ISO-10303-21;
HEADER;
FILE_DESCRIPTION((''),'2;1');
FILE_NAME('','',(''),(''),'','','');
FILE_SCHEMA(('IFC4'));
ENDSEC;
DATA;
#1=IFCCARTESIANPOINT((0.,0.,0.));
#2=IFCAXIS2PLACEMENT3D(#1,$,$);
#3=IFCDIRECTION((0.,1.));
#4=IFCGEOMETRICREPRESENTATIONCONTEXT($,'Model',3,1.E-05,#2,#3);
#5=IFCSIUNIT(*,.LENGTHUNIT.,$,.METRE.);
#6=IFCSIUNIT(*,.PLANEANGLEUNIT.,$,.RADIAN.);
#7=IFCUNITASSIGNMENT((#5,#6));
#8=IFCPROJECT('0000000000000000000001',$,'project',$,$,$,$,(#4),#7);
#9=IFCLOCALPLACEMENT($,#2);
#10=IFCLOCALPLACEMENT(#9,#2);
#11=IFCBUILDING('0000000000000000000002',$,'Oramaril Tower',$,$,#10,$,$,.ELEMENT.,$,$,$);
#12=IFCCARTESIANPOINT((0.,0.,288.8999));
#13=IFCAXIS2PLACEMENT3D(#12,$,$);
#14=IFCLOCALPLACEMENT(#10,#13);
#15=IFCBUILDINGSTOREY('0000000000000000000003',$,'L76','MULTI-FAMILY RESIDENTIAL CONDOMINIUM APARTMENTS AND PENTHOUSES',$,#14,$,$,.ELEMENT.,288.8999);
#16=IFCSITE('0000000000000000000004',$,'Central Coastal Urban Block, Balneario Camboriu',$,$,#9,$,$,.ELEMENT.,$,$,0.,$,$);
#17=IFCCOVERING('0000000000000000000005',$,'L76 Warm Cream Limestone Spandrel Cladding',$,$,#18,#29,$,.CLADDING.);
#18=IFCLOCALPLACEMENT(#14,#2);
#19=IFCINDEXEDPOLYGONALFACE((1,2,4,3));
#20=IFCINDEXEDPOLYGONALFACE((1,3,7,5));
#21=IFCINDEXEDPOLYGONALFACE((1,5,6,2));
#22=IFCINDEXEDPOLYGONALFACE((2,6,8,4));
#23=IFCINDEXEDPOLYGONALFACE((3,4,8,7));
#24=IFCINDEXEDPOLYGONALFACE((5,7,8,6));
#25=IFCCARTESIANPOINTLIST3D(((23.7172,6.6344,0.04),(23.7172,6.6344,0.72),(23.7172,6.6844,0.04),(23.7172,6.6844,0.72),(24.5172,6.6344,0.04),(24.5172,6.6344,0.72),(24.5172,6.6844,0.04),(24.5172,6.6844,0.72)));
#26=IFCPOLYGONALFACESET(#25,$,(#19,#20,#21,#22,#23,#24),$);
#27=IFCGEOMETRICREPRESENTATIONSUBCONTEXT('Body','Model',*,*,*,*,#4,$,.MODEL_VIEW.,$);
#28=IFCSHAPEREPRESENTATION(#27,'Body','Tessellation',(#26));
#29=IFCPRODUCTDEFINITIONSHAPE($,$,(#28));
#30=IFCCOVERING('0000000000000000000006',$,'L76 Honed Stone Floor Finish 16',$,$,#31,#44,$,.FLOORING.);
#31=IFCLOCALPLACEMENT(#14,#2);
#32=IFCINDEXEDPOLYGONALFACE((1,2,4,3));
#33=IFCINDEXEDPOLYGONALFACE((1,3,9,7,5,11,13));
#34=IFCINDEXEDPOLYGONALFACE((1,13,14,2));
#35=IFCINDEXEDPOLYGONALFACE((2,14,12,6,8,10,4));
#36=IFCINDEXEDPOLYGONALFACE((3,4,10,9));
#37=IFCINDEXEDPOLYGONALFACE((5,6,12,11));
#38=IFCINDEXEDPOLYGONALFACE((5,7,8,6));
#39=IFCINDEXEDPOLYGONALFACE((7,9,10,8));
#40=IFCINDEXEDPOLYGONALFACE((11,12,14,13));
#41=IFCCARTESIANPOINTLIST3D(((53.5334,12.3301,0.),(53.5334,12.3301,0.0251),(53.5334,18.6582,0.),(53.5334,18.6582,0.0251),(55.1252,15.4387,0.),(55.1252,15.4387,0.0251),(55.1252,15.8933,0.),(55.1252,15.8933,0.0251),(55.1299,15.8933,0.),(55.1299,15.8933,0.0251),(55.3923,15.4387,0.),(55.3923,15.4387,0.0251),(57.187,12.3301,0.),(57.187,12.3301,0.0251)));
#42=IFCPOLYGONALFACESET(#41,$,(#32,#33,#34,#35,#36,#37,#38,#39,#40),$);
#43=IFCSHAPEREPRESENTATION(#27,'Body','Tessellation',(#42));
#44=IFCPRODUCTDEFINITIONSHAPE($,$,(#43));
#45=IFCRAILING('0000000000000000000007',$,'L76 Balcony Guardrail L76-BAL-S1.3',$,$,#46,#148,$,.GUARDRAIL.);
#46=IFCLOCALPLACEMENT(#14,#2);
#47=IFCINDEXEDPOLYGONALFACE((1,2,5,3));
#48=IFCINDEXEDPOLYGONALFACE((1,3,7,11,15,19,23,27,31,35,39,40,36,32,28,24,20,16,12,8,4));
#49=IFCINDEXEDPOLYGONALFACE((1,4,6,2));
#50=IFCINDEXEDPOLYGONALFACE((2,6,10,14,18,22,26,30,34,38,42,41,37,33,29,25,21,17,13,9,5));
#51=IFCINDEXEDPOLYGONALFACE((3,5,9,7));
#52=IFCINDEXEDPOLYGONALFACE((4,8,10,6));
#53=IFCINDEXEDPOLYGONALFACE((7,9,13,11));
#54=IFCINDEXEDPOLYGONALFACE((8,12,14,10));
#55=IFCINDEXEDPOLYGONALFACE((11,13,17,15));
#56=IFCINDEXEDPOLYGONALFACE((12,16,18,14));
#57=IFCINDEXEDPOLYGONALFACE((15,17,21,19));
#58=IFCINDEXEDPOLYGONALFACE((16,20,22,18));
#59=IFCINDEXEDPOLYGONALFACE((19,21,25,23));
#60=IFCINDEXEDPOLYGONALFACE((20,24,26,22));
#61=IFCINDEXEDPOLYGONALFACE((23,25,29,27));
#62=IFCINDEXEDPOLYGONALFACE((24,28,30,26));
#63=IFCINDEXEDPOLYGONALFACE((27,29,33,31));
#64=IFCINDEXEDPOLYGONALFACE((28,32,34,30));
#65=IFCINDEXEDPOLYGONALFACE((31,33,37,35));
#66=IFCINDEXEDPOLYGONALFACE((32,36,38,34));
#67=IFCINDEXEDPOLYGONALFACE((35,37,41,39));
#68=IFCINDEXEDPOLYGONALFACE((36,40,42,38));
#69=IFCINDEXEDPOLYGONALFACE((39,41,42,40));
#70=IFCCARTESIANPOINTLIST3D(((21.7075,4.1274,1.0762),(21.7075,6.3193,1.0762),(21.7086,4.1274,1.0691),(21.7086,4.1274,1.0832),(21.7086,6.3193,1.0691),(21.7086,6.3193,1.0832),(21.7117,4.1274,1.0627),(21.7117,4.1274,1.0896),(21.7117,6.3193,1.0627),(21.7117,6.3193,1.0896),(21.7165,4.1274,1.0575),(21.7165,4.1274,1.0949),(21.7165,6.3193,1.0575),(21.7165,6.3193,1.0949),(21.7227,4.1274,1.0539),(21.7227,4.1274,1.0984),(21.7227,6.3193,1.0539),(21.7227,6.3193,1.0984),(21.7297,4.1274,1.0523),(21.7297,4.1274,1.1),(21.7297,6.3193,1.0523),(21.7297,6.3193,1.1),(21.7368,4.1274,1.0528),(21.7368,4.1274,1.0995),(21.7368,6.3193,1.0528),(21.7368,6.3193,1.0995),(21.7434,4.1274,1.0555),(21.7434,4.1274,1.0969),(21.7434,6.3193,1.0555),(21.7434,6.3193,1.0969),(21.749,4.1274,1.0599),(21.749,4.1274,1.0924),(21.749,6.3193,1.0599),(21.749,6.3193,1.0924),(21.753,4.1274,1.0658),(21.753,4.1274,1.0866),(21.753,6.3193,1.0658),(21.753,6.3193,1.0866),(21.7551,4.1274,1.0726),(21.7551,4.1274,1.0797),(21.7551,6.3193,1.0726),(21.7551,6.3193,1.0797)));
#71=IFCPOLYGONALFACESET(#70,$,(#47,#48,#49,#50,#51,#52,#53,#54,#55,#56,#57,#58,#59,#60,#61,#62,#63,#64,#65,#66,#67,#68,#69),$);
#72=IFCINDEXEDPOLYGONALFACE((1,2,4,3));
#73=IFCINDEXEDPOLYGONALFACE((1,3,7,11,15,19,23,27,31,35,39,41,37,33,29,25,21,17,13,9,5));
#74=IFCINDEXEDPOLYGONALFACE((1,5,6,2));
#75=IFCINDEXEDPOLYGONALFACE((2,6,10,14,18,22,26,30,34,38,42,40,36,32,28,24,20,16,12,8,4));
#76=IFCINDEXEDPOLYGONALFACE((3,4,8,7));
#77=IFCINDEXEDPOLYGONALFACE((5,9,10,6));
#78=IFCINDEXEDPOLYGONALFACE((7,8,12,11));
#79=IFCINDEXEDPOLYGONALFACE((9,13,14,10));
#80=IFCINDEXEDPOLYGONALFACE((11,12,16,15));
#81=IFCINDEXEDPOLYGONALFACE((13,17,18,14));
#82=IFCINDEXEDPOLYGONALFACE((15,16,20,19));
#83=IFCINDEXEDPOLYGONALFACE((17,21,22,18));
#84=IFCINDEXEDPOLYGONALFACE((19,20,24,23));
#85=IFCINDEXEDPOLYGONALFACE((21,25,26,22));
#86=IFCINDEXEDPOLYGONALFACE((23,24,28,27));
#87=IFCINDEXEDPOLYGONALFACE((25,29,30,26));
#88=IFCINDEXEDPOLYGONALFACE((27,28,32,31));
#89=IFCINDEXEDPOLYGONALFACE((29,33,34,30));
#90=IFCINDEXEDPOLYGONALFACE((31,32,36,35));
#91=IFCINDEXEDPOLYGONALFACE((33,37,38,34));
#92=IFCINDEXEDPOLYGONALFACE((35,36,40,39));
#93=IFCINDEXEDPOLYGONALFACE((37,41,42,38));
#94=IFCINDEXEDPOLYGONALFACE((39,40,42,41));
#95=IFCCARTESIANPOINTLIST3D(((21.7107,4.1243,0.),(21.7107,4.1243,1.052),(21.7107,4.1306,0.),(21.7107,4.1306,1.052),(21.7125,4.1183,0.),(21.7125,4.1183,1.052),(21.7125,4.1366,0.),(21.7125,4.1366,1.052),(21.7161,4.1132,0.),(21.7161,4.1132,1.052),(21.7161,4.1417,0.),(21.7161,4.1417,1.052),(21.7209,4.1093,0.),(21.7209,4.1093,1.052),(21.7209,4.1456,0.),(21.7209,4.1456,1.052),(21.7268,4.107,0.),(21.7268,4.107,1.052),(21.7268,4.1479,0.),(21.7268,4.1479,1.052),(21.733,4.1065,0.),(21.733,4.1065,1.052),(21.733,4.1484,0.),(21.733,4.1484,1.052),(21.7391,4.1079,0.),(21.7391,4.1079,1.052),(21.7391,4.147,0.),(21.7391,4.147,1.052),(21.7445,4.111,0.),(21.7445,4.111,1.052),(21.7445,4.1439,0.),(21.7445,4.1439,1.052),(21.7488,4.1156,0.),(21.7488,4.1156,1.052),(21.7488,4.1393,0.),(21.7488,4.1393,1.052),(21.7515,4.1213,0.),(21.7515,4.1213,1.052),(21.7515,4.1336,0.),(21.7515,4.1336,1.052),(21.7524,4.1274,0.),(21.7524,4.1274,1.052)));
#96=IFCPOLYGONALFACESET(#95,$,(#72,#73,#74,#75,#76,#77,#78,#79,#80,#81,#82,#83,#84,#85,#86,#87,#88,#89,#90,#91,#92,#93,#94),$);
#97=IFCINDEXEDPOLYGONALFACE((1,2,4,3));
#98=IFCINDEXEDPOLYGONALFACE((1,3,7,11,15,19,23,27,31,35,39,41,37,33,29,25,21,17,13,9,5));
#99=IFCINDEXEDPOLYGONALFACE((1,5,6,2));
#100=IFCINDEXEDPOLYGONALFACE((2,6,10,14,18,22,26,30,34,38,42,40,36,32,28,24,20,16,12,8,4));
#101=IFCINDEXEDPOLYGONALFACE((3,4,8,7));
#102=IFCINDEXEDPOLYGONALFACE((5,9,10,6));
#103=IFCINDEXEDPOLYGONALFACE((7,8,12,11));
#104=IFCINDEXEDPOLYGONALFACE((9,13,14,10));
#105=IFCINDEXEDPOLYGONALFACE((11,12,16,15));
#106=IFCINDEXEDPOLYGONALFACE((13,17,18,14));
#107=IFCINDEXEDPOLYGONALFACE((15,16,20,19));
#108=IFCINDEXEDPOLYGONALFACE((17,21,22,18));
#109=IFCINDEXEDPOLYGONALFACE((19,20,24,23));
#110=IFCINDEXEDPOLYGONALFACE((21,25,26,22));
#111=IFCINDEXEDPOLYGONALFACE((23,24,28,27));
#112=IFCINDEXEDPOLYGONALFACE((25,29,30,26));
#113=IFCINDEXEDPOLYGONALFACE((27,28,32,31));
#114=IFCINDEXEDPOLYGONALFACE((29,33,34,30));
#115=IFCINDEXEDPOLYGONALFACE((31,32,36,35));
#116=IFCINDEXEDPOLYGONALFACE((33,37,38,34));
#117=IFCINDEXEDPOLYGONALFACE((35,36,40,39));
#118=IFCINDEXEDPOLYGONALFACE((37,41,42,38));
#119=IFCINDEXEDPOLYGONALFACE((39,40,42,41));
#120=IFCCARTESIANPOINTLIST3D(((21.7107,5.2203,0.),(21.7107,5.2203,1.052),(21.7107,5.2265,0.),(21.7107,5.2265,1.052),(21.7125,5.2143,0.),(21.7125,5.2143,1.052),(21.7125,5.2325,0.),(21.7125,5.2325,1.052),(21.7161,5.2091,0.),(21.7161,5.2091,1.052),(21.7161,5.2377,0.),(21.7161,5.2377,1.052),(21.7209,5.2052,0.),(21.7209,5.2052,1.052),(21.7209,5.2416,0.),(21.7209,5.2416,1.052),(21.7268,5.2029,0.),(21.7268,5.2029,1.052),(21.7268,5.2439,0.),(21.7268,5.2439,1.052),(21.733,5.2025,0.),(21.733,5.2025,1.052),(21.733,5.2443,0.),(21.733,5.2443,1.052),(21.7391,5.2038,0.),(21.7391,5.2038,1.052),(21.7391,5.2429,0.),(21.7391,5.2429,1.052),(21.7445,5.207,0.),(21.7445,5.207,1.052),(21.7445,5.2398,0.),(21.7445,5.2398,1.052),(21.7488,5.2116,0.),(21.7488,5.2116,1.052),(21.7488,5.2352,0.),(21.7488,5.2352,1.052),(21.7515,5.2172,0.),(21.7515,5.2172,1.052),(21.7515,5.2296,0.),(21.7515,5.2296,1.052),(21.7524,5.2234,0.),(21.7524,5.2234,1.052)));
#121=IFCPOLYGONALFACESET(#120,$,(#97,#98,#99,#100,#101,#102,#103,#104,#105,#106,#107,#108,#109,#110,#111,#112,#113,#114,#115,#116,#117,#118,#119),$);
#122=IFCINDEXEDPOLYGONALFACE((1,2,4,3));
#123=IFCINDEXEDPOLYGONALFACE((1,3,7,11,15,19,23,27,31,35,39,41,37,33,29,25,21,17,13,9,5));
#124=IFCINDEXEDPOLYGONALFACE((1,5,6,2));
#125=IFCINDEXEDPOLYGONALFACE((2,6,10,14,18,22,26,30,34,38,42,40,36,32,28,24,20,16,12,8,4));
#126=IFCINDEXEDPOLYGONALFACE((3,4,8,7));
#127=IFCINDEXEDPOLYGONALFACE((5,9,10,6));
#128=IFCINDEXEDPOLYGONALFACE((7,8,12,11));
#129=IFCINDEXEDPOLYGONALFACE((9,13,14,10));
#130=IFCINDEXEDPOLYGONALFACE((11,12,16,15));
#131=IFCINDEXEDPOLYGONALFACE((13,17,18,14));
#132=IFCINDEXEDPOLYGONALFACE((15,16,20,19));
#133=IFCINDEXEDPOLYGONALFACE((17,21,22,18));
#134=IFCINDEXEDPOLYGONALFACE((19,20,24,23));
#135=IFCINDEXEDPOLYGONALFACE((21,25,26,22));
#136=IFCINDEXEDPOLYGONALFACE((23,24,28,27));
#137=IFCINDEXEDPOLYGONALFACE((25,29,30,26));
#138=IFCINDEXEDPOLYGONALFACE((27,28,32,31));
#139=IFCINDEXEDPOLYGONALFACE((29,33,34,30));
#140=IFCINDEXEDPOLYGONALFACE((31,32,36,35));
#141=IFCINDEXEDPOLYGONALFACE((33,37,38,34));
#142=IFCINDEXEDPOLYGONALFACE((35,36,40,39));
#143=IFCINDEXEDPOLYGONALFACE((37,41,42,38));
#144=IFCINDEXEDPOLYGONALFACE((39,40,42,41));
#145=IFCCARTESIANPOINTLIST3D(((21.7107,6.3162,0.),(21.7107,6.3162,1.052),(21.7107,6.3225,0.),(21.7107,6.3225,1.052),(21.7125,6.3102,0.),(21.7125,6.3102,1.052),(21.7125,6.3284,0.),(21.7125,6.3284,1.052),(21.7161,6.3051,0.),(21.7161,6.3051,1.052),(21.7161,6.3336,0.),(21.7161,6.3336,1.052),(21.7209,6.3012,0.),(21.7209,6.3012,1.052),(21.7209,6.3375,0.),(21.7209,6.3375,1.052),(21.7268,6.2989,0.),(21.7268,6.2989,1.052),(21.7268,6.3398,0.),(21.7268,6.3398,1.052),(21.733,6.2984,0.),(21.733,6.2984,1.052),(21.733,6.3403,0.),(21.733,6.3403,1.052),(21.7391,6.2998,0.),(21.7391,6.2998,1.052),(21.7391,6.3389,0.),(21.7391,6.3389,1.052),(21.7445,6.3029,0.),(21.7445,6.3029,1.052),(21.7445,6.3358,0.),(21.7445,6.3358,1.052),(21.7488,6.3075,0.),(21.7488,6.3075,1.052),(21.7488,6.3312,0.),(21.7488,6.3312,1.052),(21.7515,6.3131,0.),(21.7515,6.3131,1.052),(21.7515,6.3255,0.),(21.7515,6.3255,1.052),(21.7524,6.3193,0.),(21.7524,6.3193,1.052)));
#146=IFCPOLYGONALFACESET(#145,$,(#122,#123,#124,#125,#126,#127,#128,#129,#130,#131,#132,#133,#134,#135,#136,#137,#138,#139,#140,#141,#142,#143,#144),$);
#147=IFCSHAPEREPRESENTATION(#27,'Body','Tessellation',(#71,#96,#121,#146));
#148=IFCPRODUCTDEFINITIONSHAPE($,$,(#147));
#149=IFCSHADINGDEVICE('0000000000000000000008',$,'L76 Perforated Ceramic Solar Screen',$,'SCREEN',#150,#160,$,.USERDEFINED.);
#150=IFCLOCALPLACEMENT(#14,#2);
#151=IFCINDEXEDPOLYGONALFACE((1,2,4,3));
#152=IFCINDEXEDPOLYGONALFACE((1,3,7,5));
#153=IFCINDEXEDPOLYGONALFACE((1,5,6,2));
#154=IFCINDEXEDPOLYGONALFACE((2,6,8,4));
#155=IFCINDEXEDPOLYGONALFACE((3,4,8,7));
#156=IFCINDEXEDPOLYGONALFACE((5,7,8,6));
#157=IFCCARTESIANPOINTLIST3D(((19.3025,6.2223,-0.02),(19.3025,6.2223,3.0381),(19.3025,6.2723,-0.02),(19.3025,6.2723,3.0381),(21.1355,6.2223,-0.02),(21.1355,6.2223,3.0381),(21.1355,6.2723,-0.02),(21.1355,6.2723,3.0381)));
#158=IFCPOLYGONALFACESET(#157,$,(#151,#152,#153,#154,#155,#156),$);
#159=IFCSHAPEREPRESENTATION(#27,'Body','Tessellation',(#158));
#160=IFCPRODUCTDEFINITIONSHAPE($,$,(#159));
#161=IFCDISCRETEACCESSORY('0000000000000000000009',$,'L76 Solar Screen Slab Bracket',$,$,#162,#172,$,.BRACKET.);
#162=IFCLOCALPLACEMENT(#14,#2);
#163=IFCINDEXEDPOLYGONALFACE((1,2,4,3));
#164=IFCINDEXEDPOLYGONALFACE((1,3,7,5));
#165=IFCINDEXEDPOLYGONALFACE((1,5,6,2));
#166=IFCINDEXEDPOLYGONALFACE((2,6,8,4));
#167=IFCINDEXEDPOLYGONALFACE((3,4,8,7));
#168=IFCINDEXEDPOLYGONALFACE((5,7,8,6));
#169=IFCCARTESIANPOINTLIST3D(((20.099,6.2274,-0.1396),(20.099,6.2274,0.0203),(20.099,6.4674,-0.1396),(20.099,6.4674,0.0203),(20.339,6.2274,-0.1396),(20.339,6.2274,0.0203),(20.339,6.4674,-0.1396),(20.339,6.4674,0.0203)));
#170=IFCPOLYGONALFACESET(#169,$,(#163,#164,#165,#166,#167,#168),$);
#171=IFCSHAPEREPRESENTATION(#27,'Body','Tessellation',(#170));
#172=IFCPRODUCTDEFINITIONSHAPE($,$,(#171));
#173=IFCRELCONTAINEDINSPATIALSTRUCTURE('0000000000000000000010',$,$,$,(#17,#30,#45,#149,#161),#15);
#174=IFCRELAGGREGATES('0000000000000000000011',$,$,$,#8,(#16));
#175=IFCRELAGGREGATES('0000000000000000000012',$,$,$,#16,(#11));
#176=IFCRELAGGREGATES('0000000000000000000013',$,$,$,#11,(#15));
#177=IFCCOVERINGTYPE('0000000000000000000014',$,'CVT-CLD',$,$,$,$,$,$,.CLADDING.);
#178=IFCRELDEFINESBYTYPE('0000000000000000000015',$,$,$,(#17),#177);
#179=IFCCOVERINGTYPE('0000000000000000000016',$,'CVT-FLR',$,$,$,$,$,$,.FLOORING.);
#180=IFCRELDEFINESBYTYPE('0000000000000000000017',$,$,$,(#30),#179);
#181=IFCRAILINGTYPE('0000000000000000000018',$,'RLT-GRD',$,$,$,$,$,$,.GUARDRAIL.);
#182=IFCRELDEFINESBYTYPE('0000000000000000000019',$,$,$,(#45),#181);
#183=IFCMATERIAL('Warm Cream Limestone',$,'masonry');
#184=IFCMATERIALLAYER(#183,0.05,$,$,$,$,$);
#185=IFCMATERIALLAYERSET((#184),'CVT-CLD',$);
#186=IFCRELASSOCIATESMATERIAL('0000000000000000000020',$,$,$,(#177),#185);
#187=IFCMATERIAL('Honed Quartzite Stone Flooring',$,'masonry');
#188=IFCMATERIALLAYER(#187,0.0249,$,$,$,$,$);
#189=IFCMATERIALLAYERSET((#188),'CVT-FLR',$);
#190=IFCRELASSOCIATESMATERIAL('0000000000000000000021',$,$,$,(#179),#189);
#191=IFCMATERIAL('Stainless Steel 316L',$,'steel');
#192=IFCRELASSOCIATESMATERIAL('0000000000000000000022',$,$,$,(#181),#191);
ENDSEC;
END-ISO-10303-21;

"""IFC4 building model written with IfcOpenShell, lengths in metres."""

from ifc_helpers import new_model, si_unit, direction, frame, origin, origin_2d, place, context, subcontext, project, spatial, polyline, rectangle, circle, outline, extrude, material, layer, layer_set, type_object, element, save


model = new_model("IFC4")

# Units and contexts
model_context = context("Model", 3, precision=1e-05, world=origin(), true_north=direction((0.0, 1.0)))
body_context = subcontext(model_context, "Body", "Model", "MODEL_VIEW")
ifc_project = project(units=[si_unit("LENGTHUNIT", "METRE"), si_unit("PLANEANGLEUNIT", "RADIAN")], contexts=[model_context])

# Site, building, storey
site_placement = place(None, origin())
site = spatial("IfcSite", under=ifc_project, at=site_placement, Name="Central Coastal Urban Block, Balneario Camboriu", CompositionType="ELEMENT", RefElevation=0.0)
building_placement = place(site_placement, origin())
building = spatial("IfcBuilding", under=site, at=building_placement, Name="Oramaril Tower", CompositionType="ELEMENT")
storey_placement = place(building_placement, frame((0.0, 0.0, 288.8999)))
storey = spatial("IfcBuildingStorey", under=building, at=storey_placement, Name="L76", Description="MULTI-FAMILY RESIDENTIAL CONDOMINIUM APARTMENTS AND PENTHOUSES", CompositionType="ELEMENT", Elevation=288.8999)

# Coverings
ifc_material_1 = material(Name="Warm Cream Limestone", Category="masonry")
ifc_layer_1 = layer(ifc_material_1, 0.05)
ifc_layer_set_1 = layer_set([ifc_layer_1], Name="CVT-CLD")
covering_type_1 = type_object("IfcCoveringType", Name="CVT-CLD", PredefinedType="CLADDING", material=ifc_layer_set_1)
covering_1_placement = place(storey_placement, frame((24.1172, 6.6594, 0.04), z_axis=(0.0, 0.0, 1.0), x_axis=(1.0, 0.0, 0.0)))
element("IfcCovering", 1, at=covering_1_placement, inside=storey, type_object=covering_type_1, Name="L76 Warm Cream Limestone Spandrel Cladding", PredefinedType="CLADDING", context=body_context, shape_type="SweptSolid", body=[
    extrude(rectangle(XDim=0.8, YDim=0.05, at=origin_2d()), origin(), (0.0, 0.0, 1.0), 0.6799),
])
ifc_material_2 = material(Name="Honed Quartzite Stone Flooring", Category="masonry")
ifc_layer_2 = layer(ifc_material_2, 0.0249)
ifc_layer_set_2 = layer_set([ifc_layer_2], Name="CVT-FLR")
covering_type_2 = type_object("IfcCoveringType", Name="CVT-FLR", PredefinedType="FLOORING", material=ifc_layer_set_2)
covering_2_placement = place(storey_placement, origin())
element("IfcCovering", 2, at=covering_2_placement, inside=storey, type_object=covering_type_2, Name="L76 Honed Stone Floor Finish 16", PredefinedType="FLOORING", context=body_context, shape_type="SweptSolid", body=[
    extrude(outline(polyline([(55.1252, 15.8933), (55.1252, 15.4387), (55.3923, 15.4387), (57.187, 12.3301), (53.5334, 12.3301), (53.5334, 18.6582), (55.1299, 15.8933), (55.1252, 15.8933)])), origin(), (0.0, 0.0, 1.0), 0.0251),
])

# Railing
ifc_material_3 = material(Name="Stainless Steel 316L", Category="steel")
railing_type = type_object("IfcRailingType", Name="RLT-GRD", PredefinedType="GUARDRAIL", material=ifc_material_3)
railing_placement = place(storey_placement, frame((21.7314, 4.1274, 0.0)))
element("IfcRailing", 3, at=railing_placement, inside=storey, type_object=railing_type, Name="L76 Balcony Guardrail L76-BAL-S1.3", PredefinedType="GUARDRAIL", context=body_context, shape_type="SweptSolid", body=[
    extrude(circle(Radius=0.0239, at=origin_2d()), frame((0.0, 0.0, 1.0762), z_axis=(0.0, 1.0, 0.0), x_axis=(-1.0, 0.0, 0.0)), (0.0, 0.0, 1.0), 2.1919),
    extrude(circle(Radius=0.021, at=origin_2d()), origin(), (0.0, 0.0, 1.0), 1.052),
    extrude(circle(Radius=0.021, at=origin_2d()), frame((0.0, 1.0959, 0.0)), (0.0, 0.0, 1.0), 1.052),
    extrude(circle(Radius=0.021, at=origin_2d()), frame((0.0, 2.1919, 0.0)), (0.0, 0.0, 1.0), 1.052),
])

# Shading device
shading_device_placement = place(storey_placement, frame((20.219, 6.2473, -0.02), z_axis=(0.0, 0.0, 1.0), x_axis=(1.0, 0.0, 0.0)))
element("IfcShadingDevice", 4, at=shading_device_placement, inside=storey, Name="L76 Perforated Ceramic Solar Screen", ObjectType="SCREEN", PredefinedType="USERDEFINED", context=body_context, shape_type="SweptSolid", body=[
    extrude(rectangle(XDim=1.833, YDim=0.05, at=origin_2d()), origin(), (0.0, 0.0, 1.0), 3.0581),
])

# Discrete accessory
discrete_accessory_placement = place(storey_placement, frame((20.219, 6.3474, -0.1396), z_axis=(0.0, 0.0, 1.0), x_axis=(1.0, 0.0, 0.0)))
element("IfcDiscreteAccessory", 5, at=discrete_accessory_placement, inside=storey, Name="L76 Solar Screen Slab Bracket", PredefinedType="BRACKET", context=body_context, shape_type="SweptSolid", body=[
    extrude(rectangle(XDim=0.24, YDim=0.24, at=origin_2d()), origin(), (0.0, 0.0, 1.0), 0.1599),
])

save(model, "model.ifc")
